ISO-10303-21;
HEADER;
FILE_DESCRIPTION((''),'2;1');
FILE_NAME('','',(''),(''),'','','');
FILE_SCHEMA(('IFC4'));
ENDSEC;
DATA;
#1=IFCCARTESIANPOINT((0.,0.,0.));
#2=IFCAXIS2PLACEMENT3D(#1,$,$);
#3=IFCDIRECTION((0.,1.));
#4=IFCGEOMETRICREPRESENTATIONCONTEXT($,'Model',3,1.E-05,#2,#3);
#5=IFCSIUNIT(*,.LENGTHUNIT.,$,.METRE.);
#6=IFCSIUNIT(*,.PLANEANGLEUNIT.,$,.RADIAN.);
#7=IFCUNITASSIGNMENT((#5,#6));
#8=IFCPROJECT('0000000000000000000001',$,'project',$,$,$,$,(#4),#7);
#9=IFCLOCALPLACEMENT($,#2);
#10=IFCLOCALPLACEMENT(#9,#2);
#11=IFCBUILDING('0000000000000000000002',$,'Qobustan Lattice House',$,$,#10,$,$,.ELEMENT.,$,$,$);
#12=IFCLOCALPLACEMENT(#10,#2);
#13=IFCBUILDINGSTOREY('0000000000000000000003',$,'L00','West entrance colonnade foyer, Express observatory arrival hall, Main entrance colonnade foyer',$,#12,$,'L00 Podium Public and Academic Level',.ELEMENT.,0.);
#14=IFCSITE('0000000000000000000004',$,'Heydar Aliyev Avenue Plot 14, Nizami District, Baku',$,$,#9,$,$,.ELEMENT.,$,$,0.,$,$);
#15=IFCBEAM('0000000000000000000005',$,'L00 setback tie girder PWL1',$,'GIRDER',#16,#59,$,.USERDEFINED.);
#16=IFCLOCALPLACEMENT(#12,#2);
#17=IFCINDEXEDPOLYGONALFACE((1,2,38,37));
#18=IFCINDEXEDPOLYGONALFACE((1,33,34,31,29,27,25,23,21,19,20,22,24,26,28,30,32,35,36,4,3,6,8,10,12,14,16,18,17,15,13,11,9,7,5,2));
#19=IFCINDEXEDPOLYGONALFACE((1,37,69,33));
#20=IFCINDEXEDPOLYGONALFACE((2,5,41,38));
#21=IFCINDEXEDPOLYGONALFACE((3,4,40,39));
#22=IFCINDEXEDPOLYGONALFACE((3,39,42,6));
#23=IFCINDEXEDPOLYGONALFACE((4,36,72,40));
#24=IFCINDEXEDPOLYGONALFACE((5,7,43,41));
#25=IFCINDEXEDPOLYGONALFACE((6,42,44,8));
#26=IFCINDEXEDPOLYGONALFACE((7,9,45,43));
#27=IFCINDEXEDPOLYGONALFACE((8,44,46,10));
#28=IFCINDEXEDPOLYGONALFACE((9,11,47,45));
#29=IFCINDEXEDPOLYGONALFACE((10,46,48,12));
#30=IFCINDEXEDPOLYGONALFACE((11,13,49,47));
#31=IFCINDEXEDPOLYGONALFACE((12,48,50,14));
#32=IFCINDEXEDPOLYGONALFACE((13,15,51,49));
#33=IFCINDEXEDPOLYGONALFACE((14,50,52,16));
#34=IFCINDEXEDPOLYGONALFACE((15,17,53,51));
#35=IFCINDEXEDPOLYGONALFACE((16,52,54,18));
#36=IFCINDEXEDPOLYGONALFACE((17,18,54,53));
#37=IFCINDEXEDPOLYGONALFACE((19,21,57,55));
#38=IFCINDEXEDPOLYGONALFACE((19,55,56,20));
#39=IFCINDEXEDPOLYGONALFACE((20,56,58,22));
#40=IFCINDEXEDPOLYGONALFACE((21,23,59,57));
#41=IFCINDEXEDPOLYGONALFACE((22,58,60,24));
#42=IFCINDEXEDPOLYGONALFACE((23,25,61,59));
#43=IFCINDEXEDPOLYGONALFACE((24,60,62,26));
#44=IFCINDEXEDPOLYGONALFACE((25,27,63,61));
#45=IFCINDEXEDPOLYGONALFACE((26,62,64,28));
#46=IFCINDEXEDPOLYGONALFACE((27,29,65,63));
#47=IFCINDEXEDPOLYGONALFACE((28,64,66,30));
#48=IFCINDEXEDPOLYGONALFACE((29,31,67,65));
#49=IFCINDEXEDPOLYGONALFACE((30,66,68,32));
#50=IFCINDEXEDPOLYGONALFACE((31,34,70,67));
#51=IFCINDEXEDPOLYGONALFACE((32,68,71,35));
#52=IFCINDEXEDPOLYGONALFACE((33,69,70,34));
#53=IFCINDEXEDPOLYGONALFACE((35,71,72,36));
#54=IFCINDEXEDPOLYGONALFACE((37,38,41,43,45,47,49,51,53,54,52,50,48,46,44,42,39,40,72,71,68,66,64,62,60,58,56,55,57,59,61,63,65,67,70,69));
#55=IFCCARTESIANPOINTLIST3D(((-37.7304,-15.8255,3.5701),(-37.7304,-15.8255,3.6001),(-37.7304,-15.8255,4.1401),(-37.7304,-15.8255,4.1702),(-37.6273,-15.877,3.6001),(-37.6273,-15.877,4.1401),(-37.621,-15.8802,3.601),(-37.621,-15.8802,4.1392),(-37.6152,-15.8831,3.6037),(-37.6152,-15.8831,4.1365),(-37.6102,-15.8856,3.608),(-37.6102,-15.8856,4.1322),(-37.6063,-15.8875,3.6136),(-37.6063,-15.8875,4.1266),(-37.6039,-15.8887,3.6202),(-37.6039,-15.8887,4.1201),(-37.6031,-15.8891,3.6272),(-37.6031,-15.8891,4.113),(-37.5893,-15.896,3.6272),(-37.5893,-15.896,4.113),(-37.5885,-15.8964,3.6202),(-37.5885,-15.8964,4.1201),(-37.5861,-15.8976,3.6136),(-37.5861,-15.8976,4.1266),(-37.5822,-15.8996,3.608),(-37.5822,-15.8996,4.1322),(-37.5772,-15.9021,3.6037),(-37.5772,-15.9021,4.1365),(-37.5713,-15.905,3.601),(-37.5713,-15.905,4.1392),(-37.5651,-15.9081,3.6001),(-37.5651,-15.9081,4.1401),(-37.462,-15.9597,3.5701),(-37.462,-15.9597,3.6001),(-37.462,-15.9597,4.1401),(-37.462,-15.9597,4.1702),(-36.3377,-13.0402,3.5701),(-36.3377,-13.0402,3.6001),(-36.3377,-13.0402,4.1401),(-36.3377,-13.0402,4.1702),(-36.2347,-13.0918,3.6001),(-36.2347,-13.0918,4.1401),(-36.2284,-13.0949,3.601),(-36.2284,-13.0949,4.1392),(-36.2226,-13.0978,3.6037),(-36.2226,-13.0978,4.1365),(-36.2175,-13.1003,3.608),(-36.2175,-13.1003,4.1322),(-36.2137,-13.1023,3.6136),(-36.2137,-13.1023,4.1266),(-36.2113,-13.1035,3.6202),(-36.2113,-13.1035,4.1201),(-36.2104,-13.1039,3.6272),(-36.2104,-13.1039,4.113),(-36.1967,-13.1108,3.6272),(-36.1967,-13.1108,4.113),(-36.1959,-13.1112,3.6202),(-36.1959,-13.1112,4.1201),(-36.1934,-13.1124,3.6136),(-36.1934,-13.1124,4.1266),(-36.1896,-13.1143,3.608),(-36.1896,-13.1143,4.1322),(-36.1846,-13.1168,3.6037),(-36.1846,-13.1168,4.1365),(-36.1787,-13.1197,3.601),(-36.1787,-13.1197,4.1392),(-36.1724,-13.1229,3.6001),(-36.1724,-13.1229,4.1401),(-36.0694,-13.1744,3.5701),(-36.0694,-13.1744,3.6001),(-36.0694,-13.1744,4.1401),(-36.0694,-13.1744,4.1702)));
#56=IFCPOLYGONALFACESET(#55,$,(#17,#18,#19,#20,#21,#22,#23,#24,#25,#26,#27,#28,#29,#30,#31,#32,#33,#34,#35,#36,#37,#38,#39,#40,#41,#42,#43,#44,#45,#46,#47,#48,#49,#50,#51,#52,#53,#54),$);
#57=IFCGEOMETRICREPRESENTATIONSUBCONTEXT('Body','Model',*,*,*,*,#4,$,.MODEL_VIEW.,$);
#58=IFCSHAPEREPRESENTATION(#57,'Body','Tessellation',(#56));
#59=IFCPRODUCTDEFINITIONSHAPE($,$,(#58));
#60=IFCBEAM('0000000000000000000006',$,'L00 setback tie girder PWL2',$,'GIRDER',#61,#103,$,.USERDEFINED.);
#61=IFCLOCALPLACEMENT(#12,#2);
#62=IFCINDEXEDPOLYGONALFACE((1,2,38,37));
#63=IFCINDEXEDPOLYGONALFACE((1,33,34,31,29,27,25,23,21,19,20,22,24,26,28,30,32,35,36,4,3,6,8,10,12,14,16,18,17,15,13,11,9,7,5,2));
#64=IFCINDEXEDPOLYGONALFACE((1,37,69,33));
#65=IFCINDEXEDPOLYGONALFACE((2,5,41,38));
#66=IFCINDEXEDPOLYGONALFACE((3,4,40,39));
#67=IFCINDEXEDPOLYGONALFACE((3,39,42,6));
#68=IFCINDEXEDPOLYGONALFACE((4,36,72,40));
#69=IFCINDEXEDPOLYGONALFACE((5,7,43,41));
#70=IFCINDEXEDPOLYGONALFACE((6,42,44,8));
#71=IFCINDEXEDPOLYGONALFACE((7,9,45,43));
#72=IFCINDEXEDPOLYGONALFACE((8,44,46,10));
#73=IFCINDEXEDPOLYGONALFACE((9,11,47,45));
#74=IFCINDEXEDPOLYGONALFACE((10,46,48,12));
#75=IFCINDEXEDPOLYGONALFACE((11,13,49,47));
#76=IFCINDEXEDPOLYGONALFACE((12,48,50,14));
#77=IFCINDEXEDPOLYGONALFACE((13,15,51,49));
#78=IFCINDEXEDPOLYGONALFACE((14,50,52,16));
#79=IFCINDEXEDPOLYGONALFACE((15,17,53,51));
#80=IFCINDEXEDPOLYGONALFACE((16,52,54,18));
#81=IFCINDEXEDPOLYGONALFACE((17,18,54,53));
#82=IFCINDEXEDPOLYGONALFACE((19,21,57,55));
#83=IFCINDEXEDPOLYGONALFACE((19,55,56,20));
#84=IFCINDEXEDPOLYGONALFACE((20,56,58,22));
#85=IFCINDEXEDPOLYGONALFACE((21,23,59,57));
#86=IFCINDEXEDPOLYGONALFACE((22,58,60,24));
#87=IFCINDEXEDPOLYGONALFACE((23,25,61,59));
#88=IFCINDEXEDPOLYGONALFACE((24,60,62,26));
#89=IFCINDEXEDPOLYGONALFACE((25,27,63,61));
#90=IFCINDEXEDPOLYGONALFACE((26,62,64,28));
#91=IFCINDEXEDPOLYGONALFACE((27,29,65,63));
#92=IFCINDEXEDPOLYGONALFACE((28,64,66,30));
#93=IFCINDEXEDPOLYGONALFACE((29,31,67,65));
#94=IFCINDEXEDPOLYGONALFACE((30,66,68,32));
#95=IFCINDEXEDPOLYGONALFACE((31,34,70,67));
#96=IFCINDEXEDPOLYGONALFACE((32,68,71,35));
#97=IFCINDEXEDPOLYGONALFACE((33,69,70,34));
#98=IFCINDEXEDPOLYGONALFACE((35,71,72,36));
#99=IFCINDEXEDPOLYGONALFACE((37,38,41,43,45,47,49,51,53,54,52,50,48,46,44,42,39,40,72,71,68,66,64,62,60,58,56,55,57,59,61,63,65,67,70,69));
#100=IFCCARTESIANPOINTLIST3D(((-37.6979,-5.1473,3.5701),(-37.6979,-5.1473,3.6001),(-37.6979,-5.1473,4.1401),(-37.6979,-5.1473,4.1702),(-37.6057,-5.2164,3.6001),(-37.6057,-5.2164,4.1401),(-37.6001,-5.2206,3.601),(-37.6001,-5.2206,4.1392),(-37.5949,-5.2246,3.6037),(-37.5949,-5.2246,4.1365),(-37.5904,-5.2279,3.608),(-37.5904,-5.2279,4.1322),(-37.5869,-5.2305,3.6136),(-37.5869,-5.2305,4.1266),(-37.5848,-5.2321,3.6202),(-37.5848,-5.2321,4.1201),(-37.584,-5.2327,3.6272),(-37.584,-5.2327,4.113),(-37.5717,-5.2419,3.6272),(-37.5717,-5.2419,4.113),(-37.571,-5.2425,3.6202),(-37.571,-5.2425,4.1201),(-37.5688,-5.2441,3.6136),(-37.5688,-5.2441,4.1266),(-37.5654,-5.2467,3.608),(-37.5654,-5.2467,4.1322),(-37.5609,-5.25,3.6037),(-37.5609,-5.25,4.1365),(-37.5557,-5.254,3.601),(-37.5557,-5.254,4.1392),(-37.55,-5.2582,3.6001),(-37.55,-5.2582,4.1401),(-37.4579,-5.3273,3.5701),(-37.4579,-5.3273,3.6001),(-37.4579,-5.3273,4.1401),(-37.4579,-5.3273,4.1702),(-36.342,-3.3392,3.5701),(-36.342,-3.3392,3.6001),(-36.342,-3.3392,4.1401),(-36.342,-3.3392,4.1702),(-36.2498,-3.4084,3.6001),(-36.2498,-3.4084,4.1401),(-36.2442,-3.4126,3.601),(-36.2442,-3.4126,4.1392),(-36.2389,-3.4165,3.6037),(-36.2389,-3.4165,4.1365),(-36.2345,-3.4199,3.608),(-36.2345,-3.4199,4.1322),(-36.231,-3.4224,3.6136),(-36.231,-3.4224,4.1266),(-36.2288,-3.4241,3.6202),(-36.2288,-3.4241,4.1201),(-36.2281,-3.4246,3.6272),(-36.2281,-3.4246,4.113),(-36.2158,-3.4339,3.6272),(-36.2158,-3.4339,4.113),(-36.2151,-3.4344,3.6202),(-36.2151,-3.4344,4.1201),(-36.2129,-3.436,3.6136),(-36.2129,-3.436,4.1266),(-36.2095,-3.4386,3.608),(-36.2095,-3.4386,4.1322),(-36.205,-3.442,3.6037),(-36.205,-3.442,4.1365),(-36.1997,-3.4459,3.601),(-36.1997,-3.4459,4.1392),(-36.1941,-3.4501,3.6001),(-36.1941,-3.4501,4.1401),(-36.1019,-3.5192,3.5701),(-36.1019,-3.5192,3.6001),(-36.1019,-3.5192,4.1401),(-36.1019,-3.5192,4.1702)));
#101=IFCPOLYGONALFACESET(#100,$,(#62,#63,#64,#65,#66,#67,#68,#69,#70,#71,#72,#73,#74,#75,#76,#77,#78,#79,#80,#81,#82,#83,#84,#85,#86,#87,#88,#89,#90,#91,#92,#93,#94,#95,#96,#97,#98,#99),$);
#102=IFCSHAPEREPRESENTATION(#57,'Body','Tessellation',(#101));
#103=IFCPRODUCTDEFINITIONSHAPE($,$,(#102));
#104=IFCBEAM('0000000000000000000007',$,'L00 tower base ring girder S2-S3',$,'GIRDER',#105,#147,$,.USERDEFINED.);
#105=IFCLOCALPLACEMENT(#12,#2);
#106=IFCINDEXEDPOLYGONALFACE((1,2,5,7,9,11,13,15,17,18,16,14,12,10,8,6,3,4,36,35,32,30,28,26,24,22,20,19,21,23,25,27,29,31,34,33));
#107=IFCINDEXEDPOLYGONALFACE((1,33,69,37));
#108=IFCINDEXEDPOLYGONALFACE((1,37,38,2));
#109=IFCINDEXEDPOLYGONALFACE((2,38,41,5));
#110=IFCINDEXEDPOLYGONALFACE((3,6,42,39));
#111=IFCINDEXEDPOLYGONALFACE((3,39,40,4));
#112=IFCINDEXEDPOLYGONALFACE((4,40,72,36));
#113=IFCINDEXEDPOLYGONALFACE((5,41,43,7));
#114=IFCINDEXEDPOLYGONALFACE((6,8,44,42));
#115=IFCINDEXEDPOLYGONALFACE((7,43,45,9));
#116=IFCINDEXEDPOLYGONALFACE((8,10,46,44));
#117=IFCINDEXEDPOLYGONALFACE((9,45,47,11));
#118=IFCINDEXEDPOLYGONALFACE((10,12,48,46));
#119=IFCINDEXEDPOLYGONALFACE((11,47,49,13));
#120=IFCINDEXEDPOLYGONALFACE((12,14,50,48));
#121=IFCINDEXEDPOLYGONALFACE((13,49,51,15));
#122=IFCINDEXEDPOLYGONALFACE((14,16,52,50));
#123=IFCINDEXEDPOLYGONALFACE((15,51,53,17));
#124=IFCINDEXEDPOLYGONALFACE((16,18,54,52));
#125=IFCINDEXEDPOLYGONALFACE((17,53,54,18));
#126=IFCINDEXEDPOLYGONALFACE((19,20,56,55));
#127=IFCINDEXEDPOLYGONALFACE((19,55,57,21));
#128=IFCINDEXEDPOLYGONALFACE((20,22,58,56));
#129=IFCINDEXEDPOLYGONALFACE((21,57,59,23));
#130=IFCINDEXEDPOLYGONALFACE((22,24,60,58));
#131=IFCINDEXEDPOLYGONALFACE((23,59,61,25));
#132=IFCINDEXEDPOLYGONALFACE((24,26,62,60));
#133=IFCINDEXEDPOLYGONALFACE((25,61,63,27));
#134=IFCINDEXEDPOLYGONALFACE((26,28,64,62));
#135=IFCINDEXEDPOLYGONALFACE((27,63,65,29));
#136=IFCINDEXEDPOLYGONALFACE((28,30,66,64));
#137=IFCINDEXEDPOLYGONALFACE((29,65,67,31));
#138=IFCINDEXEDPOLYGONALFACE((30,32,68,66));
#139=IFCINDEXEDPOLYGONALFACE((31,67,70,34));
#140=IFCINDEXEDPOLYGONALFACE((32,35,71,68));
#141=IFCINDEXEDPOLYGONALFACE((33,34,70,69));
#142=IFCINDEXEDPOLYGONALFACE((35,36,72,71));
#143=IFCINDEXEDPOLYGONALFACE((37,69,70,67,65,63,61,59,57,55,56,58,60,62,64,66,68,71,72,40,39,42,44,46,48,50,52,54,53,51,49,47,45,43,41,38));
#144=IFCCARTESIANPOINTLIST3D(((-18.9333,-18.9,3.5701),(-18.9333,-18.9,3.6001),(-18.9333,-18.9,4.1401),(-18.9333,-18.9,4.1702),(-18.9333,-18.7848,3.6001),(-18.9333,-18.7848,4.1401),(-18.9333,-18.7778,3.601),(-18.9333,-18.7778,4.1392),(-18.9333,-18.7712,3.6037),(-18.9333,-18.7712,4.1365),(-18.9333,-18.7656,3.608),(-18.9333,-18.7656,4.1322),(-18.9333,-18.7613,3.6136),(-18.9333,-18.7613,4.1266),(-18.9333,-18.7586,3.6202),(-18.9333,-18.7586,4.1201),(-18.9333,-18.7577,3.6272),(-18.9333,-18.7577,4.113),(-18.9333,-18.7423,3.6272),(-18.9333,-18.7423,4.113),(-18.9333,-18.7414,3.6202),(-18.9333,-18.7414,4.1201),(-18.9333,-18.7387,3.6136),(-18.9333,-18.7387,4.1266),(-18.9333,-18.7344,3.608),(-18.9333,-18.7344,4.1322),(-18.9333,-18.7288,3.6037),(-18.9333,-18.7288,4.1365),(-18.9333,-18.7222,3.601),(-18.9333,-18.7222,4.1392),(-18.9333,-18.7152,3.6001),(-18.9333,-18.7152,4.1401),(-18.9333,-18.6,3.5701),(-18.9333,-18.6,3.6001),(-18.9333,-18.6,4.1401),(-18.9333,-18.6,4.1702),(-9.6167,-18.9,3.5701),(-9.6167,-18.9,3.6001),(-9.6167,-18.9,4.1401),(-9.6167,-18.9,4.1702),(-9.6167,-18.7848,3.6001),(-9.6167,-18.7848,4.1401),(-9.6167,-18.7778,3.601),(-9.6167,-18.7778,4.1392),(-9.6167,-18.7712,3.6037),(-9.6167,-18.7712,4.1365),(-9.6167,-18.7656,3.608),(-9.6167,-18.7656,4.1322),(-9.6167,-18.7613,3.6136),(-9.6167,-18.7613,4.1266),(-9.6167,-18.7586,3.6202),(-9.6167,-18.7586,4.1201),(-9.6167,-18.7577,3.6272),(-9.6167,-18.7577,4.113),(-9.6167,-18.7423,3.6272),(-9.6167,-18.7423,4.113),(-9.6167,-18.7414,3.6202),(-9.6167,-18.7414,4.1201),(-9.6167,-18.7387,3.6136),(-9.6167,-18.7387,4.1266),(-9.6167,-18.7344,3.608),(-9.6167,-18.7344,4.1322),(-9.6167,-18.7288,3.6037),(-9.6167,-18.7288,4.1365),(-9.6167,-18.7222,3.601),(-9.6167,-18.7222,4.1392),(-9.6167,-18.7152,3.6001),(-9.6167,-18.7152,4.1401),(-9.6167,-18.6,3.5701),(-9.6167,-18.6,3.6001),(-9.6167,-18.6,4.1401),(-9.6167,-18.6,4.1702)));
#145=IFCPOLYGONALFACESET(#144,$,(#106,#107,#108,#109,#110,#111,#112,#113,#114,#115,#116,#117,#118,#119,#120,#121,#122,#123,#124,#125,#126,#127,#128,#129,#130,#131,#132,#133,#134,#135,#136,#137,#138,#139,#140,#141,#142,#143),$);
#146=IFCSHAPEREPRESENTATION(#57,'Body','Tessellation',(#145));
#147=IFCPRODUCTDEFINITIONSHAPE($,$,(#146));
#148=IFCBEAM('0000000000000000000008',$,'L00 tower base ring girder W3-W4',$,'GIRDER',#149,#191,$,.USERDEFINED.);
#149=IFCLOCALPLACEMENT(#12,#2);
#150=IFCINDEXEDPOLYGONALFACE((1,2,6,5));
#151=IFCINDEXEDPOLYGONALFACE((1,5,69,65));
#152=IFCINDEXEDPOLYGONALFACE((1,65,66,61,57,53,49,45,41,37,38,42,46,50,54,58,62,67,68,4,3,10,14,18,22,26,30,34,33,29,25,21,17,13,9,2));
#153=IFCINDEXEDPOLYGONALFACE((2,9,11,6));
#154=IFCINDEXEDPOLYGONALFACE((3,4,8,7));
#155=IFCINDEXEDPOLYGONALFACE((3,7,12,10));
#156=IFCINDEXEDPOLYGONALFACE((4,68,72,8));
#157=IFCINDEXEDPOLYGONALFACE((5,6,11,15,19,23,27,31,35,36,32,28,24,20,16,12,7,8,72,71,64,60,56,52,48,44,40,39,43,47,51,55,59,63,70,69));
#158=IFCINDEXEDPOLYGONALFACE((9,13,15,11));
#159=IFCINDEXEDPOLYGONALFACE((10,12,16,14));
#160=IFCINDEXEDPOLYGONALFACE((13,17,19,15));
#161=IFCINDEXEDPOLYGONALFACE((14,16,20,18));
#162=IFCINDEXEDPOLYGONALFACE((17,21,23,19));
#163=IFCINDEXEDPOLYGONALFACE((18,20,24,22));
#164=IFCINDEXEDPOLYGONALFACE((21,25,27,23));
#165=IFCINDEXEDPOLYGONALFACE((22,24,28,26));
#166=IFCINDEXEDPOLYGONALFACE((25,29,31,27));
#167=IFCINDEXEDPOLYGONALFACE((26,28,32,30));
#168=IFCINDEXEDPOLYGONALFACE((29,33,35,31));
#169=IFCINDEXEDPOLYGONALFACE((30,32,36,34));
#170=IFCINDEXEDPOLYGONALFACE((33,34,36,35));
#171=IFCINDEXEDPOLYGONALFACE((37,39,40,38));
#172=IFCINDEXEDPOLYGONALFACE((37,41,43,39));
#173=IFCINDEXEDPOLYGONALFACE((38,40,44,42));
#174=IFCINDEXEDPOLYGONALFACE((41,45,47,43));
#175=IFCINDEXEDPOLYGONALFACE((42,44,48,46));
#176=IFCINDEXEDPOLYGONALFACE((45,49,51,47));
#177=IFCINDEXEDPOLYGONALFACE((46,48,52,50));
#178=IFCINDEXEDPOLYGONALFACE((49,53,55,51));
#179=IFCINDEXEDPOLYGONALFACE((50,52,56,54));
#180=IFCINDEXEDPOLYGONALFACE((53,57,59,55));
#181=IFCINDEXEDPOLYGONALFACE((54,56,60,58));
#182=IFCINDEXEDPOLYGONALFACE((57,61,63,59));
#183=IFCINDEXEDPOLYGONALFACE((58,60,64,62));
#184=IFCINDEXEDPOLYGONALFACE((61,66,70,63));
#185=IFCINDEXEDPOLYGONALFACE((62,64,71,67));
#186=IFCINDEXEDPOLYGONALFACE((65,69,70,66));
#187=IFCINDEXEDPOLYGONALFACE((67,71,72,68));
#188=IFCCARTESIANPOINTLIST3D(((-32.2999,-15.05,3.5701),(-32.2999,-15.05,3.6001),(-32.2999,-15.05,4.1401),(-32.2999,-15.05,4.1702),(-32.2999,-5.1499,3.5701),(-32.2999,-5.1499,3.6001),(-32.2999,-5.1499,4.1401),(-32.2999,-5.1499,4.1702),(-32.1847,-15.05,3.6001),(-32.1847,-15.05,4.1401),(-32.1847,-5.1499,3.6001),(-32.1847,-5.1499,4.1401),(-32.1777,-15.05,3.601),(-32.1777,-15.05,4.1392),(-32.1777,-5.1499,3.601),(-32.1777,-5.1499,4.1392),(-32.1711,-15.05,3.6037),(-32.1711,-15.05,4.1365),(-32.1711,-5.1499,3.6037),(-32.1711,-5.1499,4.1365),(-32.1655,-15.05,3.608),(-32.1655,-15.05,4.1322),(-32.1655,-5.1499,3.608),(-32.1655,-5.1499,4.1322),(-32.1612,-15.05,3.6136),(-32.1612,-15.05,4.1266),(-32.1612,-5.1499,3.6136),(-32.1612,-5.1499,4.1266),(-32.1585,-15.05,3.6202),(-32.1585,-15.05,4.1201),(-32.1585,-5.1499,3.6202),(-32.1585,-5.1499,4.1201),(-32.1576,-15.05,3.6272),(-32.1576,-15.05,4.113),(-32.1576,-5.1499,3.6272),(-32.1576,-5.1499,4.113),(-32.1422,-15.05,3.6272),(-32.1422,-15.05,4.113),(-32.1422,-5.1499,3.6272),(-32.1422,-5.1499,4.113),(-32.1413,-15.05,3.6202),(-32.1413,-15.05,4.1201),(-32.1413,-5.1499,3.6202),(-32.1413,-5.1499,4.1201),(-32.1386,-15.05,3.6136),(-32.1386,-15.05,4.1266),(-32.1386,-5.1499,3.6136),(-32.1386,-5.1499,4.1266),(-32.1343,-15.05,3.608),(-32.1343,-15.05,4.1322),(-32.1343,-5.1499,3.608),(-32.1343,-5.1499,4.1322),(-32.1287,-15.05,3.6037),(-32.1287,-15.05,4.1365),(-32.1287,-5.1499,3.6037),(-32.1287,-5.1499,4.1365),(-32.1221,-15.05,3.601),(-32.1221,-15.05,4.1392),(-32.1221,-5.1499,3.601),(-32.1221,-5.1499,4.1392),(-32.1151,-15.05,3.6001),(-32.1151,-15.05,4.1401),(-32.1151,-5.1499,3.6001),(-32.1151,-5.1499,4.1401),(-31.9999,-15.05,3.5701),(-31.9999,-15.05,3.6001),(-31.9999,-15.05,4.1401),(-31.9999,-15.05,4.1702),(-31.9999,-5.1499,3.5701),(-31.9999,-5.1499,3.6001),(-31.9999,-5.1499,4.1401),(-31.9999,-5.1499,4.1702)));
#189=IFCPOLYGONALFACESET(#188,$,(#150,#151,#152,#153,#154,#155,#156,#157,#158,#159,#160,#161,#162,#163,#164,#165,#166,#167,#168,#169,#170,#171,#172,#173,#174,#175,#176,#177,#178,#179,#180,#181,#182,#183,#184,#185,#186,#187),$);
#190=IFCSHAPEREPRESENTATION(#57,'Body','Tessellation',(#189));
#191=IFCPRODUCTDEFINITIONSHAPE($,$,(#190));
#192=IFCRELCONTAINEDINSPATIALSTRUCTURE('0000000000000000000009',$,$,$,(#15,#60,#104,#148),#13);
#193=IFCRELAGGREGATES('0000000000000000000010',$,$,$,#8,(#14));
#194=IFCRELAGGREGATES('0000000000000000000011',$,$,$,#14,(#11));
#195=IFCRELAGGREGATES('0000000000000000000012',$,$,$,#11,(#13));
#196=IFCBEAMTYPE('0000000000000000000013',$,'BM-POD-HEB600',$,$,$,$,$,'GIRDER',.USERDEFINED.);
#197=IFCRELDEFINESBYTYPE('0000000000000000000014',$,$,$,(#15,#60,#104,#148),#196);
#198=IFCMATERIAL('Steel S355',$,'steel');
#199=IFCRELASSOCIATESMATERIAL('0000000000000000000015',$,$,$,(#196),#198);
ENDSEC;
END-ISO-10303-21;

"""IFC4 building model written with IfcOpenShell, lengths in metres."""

from ifc_helpers import new_model, si_unit, direction, frame, origin, origin_2d, place, context, subcontext, project, spatial, i_section, extrude, material, material_profile, profile_set, type_object, element, save


model = new_model("IFC4")

# Units and contexts
model_context = context("Model", 3, precision=1e-05, world=origin(), true_north=direction((0.0, 1.0)))
body_context = subcontext(model_context, "Body", "Model", "MODEL_VIEW")
ifc_project = project(units=[si_unit("LENGTHUNIT", "METRE"), si_unit("PLANEANGLEUNIT", "RADIAN")], contexts=[model_context])

# Site, building, storey
site_placement = place(None, origin())
site = spatial("IfcSite", under=ifc_project, at=site_placement, Name="Heydar Aliyev Avenue Plot 14, Nizami District, Baku", CompositionType="ELEMENT", RefElevation=0.0)
building_placement = place(site_placement, origin())
building = spatial("IfcBuilding", under=site, at=building_placement, Name="Qobustan Lattice House", CompositionType="ELEMENT")
storey_placement = place(building_placement, origin())
storey = spatial("IfcBuildingStorey", under=building, at=storey_placement, Name="L00", Description="West entrance colonnade foyer, Express observatory arrival hall, Main entrance colonnade foyer", LongName="L00 Podium Public and Academic Level", CompositionType="ELEMENT", Elevation=0.0)

# Beams
ifc_material_1 = material(Name="Steel S355", Category="steel")
ifc_material_profile_1 = material_profile(ifc_material_1, i_section(OverallWidth=0.3, OverallDepth=0.6001, WebThickness=0.0154, FlangeThickness=0.03, FilletRadius=0.0271, at=origin_2d()), Name="HEB600")
ifc_profile_set_1 = profile_set([ifc_material_profile_1], Name="Steel S355")
beam_type_1 = type_object("IfcBeamType", Name="BM-POD-HEB600", ElementType="GIRDER", PredefinedType="USERDEFINED", material=ifc_profile_set_1)
beam_1_placement = place(storey_placement, frame((-37.5962, -15.8926, 3.8701), z_axis=(0.447214, 0.894427, 0.0), x_axis=(-0.894427, 0.447214, 0.0)))
element("IfcBeam", 1, at=beam_1_placement, inside=storey, type_object=beam_type_1, Name="L00 setback tie girder PWL1", ObjectType="GIRDER", PredefinedType="USERDEFINED", context=body_context, shape_type="SweptSolid", body=[
    extrude(i_section(OverallWidth=0.3, OverallDepth=0.6001, WebThickness=0.0154, FlangeThickness=0.03, FilletRadius=0.0271, at=origin_2d()), origin(), (0.0, 0.0, 1.0), 3.114),
])
beam_2_placement = place(storey_placement, frame((-37.5779, -5.2373, 3.8701), z_axis=(0.599965, 0.800026, 0.0), x_axis=(-0.800026, 0.599965, 0.0)))
element("IfcBeam", 2, at=beam_2_placement, inside=storey, type_object=beam_type_1, Name="L00 setback tie girder PWL2", ObjectType="GIRDER", PredefinedType="USERDEFINED", context=body_context, shape_type="SweptSolid", body=[
    extrude(i_section(OverallWidth=0.3, OverallDepth=0.6001, WebThickness=0.0154, FlangeThickness=0.03, FilletRadius=0.0271, at=origin_2d()), origin(), (0.0, 0.0, 1.0), 2.26),
])
beam_3_placement = place(storey_placement, frame((-18.9333, -18.75, 3.8701), z_axis=(1.0, 0.0, 0.0), x_axis=(0.0, 1.0, 0.0)))
element("IfcBeam", 3, at=beam_3_placement, inside=storey, type_object=beam_type_1, Name="L00 tower base ring girder S2-S3", ObjectType="GIRDER", PredefinedType="USERDEFINED", context=body_context, shape_type="SweptSolid", body=[
    extrude(i_section(OverallWidth=0.3, OverallDepth=0.6001, WebThickness=0.0154, FlangeThickness=0.03, FilletRadius=0.0271, at=origin_2d()), origin(), (0.0, 0.0, 1.0), 9.3167),
])
beam_4_placement = place(storey_placement, frame((-32.1499, -5.1499, 3.8701), z_axis=(0.0, -1.0, 0.0), x_axis=(1.0, 0.0, 0.0)))
element("IfcBeam", 4, at=beam_4_placement, inside=storey, type_object=beam_type_1, Name="L00 tower base ring girder W3-W4", ObjectType="GIRDER", PredefinedType="USERDEFINED", context=body_context, shape_type="SweptSolid", body=[
    extrude(i_section(OverallWidth=0.3, OverallDepth=0.6001, WebThickness=0.0154, FlangeThickness=0.03, FilletRadius=0.0271, at=origin_2d()), origin(), (0.0, 0.0, 1.0), 9.9001),
])

save(model, "model.ifc")
